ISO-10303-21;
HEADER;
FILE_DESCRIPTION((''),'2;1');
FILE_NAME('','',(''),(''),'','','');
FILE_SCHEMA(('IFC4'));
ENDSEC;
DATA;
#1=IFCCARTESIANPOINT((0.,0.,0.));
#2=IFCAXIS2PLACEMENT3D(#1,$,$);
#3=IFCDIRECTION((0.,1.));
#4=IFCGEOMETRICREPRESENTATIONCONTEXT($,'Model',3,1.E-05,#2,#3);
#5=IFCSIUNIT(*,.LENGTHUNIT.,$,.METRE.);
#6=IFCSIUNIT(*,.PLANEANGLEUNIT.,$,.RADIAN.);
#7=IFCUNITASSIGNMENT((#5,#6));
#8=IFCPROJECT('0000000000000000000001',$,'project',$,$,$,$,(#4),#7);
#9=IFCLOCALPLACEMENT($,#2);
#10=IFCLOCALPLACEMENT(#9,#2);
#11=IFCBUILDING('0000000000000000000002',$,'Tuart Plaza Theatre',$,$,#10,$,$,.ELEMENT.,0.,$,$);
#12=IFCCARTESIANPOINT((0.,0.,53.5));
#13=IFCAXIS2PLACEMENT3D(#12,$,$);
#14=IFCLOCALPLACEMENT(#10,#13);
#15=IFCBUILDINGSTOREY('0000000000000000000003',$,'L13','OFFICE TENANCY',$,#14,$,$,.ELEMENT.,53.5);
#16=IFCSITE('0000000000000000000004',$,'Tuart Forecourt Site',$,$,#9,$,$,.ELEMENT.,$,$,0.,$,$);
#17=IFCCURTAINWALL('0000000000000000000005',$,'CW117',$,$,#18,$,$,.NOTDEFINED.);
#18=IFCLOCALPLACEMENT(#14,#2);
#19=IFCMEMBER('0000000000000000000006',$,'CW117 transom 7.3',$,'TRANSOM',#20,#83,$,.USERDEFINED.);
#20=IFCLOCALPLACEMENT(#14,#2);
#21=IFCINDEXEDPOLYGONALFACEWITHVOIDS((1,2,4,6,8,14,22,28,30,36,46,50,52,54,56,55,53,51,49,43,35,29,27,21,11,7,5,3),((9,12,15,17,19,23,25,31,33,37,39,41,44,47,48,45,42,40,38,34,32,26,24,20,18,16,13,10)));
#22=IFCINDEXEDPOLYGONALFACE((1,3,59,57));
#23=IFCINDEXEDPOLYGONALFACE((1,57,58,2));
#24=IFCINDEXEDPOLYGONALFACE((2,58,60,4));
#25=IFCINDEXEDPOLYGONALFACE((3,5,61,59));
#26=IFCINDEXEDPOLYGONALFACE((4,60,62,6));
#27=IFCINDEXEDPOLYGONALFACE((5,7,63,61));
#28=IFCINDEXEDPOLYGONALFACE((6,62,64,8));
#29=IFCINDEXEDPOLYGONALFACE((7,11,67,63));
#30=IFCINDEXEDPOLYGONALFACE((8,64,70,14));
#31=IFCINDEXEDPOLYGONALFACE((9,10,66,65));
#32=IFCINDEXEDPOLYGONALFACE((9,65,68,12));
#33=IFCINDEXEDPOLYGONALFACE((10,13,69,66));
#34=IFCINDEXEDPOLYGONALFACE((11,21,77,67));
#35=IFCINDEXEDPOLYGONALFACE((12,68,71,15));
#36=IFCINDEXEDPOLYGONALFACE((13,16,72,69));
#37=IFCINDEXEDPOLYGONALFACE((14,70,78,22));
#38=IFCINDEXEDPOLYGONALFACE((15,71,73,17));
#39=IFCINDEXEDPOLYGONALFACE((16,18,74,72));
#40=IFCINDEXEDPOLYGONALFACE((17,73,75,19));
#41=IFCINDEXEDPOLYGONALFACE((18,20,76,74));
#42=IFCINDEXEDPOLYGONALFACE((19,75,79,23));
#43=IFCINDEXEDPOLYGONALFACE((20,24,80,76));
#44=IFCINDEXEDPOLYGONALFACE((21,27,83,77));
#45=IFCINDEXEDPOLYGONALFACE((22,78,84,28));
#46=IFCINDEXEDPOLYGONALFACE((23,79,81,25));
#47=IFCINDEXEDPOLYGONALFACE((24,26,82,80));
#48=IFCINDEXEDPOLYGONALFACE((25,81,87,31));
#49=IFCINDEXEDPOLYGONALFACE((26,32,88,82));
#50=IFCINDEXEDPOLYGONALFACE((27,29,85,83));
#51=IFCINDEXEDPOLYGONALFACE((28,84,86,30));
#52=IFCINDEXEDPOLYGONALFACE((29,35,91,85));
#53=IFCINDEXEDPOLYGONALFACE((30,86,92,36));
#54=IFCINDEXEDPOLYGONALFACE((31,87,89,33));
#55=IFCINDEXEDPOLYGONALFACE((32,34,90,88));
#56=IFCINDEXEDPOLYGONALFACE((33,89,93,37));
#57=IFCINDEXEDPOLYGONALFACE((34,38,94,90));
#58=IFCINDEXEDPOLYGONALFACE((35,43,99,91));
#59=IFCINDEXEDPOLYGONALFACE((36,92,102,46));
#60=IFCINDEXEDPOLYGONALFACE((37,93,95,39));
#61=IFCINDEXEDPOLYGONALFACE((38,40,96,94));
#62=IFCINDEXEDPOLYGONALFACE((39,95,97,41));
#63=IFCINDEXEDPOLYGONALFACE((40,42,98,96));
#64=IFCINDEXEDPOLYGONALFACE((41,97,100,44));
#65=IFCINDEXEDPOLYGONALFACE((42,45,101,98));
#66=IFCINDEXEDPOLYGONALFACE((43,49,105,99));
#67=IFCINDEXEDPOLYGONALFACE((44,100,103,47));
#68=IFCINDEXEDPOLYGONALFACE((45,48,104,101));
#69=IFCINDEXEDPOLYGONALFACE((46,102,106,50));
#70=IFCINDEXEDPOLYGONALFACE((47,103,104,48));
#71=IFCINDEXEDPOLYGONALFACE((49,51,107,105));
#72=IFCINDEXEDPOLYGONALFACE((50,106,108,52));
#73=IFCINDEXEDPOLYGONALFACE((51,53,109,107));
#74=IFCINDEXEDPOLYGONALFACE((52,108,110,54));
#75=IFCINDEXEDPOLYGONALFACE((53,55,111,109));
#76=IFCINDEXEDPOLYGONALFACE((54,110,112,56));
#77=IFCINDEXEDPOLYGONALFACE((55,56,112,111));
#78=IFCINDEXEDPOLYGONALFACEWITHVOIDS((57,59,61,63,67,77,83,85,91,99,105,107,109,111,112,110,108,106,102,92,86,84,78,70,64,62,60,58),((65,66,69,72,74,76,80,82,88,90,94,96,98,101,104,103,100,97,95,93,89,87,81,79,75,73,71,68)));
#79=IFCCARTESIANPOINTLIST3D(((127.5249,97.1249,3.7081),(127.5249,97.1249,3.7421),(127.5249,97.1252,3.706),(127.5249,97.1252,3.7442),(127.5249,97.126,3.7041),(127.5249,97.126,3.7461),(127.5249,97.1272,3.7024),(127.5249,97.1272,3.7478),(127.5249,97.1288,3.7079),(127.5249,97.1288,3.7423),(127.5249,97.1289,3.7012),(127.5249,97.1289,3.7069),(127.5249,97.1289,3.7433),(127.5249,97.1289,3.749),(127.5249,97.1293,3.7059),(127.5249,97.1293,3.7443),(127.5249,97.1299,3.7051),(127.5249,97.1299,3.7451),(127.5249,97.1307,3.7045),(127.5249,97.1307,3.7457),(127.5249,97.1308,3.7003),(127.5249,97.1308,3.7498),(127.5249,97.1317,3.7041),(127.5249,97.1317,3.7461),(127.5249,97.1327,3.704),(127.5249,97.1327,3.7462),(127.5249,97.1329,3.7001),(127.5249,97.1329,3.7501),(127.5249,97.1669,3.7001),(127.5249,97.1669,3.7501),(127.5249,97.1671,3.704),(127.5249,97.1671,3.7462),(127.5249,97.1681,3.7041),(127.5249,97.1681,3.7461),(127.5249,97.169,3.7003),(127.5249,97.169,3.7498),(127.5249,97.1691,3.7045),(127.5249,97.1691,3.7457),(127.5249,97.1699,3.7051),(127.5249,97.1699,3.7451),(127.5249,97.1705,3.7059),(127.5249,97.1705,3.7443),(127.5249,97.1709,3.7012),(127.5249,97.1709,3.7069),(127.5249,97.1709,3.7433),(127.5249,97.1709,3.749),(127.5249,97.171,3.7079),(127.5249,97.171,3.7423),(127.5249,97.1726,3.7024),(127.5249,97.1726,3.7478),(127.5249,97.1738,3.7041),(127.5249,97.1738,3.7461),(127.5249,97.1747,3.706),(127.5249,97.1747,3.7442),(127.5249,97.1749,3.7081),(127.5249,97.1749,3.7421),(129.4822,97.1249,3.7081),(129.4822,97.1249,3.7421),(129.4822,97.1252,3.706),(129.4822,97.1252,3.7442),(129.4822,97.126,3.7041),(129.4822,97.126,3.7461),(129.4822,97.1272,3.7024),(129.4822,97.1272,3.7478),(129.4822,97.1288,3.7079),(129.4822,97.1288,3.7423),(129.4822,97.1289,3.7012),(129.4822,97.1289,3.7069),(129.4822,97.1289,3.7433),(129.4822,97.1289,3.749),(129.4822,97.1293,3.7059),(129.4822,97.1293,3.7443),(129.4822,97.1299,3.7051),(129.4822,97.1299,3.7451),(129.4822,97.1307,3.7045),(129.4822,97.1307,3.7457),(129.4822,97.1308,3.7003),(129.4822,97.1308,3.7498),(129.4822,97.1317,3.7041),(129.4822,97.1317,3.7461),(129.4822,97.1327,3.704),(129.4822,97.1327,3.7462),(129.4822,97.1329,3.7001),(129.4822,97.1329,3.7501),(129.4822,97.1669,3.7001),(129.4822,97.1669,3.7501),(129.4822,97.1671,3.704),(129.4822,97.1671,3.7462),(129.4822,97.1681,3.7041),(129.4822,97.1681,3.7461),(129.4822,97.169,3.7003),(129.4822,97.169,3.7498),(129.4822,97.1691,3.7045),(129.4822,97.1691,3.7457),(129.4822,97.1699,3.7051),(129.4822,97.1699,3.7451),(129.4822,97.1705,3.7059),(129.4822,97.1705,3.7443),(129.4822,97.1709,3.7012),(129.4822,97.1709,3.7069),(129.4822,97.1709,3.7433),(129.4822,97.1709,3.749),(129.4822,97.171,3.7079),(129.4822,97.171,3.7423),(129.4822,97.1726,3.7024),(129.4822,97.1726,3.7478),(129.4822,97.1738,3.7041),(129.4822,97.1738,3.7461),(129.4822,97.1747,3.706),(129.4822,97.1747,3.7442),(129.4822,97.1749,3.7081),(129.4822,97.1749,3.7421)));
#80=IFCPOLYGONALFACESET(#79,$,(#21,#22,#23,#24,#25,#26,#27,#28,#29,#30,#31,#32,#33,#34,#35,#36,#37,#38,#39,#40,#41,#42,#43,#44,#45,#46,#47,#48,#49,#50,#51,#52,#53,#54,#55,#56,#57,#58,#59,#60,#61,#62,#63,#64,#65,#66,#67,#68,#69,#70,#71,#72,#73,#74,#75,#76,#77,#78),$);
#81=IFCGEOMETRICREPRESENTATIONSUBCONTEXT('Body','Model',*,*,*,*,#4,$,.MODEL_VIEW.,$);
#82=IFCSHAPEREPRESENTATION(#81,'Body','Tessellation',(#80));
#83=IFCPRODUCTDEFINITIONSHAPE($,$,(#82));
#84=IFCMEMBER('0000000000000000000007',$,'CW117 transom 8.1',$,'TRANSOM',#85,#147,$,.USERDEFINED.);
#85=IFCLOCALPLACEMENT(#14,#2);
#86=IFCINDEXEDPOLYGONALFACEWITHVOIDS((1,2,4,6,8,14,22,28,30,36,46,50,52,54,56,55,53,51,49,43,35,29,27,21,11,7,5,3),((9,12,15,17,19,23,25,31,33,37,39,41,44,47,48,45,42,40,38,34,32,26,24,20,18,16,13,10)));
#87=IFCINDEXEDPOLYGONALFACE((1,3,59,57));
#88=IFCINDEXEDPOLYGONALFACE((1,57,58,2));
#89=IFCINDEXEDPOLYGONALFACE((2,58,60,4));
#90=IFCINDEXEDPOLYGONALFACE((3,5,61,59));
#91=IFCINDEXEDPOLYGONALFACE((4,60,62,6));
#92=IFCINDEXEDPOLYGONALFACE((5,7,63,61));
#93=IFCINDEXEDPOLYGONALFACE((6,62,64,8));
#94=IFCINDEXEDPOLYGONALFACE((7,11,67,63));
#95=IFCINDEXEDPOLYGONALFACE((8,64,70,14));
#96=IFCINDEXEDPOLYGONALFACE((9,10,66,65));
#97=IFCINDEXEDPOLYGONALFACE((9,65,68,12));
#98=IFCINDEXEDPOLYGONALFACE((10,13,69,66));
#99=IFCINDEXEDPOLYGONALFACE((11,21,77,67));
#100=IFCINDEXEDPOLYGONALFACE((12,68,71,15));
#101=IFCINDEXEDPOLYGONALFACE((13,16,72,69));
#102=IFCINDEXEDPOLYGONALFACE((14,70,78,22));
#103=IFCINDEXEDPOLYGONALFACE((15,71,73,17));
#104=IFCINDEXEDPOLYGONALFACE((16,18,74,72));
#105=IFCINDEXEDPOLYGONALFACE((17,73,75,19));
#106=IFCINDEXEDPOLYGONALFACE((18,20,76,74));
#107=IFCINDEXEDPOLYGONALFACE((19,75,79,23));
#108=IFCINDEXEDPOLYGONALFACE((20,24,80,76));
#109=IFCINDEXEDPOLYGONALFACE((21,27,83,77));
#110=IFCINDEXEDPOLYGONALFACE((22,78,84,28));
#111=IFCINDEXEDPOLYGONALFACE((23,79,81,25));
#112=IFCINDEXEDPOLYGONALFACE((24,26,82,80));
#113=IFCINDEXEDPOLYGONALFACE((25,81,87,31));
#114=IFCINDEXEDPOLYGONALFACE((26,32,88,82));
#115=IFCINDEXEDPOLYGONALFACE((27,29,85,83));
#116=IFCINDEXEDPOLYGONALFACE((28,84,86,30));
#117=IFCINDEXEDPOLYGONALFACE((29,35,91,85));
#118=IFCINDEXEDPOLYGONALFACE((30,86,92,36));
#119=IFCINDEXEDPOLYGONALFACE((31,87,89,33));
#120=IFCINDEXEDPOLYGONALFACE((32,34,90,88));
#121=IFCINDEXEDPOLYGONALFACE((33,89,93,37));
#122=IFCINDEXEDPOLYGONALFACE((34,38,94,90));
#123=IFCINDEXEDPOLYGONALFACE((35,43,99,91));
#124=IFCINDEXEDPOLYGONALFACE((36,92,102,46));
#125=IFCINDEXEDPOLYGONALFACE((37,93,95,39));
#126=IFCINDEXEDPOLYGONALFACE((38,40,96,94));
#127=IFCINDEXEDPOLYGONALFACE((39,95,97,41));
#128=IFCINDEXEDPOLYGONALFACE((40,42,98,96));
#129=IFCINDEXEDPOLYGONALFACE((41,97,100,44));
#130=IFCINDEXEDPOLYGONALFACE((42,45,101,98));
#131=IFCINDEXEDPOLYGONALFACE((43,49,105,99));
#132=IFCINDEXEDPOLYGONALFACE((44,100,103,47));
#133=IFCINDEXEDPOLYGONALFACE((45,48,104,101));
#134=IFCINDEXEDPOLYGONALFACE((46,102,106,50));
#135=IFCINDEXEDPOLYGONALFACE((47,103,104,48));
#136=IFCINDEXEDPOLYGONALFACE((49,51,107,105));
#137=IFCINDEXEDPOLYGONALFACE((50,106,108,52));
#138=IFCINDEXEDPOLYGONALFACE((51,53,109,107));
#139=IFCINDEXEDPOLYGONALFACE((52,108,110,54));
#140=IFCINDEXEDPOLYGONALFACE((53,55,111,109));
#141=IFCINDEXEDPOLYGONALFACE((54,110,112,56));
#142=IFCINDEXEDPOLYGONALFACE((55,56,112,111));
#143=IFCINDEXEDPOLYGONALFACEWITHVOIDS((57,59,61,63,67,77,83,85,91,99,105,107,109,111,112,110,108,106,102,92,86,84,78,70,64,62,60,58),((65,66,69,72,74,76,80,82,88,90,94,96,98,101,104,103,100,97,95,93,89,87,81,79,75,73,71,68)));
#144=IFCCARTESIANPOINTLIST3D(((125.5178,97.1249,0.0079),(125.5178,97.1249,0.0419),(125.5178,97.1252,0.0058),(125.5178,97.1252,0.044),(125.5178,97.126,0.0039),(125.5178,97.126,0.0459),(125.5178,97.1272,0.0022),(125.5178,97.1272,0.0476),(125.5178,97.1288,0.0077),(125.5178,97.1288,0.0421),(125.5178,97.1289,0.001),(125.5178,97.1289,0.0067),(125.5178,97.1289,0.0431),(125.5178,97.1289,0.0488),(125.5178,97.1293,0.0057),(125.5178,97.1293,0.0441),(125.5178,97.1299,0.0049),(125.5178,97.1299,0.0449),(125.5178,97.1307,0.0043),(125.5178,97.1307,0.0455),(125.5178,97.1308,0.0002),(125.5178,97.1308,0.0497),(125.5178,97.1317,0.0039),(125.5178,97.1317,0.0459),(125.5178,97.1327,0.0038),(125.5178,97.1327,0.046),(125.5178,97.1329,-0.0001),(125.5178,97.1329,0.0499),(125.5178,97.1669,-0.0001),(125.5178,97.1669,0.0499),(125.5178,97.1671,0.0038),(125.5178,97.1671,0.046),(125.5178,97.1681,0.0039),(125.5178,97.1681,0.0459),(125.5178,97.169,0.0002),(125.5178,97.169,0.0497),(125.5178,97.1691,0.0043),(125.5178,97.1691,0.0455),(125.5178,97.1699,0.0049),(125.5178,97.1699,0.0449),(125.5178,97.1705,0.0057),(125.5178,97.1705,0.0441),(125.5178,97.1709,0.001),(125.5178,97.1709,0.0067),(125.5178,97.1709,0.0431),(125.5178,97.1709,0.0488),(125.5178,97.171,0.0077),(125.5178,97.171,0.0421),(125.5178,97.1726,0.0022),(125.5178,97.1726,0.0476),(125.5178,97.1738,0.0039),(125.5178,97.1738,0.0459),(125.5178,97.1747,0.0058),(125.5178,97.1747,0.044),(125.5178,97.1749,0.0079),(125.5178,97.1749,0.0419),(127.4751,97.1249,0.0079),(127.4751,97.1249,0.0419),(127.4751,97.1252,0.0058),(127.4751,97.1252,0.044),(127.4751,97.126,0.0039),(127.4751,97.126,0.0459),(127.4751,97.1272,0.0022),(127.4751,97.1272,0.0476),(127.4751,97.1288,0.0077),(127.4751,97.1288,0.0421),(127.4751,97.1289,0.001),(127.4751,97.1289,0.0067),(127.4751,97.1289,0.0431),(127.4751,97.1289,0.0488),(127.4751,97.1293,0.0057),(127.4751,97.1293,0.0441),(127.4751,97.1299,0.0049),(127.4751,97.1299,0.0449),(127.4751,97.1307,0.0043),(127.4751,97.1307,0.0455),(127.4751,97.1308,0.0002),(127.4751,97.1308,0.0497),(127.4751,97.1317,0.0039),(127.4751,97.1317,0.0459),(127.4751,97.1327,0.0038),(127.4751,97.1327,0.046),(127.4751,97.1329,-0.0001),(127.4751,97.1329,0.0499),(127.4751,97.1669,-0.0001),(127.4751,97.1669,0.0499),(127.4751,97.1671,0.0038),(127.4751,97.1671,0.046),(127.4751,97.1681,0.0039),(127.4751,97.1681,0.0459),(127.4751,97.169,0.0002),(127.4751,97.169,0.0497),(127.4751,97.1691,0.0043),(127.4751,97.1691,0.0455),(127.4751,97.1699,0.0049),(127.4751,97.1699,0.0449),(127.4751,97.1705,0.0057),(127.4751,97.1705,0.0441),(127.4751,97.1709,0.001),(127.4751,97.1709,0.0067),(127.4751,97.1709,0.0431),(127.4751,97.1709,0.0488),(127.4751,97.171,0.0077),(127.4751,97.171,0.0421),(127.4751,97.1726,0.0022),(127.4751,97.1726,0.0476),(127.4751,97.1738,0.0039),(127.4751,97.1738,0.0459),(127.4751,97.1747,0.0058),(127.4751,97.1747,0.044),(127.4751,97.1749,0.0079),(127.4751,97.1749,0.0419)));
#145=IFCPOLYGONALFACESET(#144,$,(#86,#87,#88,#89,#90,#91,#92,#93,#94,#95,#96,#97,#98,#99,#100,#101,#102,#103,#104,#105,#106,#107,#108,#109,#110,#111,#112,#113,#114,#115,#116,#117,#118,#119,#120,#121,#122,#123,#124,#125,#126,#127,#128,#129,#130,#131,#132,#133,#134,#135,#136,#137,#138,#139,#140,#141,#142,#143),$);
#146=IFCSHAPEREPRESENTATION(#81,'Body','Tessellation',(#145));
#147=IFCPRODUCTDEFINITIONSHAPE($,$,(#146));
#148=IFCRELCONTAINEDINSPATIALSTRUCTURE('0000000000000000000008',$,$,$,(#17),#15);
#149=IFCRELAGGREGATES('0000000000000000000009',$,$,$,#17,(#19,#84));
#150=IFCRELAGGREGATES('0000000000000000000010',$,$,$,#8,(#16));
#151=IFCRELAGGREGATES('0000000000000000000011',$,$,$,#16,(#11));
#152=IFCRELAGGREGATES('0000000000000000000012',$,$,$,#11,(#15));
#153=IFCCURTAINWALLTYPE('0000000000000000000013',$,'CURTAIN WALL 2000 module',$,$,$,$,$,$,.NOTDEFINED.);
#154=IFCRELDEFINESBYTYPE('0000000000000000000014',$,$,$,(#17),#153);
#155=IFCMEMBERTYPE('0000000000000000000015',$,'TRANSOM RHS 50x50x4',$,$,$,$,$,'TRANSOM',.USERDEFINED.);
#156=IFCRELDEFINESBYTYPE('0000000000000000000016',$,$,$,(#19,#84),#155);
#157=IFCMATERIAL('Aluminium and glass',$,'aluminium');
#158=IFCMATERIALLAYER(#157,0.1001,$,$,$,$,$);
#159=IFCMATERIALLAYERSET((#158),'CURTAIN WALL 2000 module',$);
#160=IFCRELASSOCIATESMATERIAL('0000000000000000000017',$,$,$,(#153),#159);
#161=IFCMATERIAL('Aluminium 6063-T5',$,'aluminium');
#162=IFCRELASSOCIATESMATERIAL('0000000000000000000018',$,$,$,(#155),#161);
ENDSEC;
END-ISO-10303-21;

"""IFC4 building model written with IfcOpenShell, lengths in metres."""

from ifc_helpers import new_model, si_unit, direction, frame, origin, origin_2d, place, context, subcontext, project, spatial, hollow_rectangle, extrude, material, layer, layer_set, material_profile, profile_set, type_object, element, aggregate, save


model = new_model("IFC4")

# Units and contexts
model_context = context("Model", 3, precision=1e-05, world=origin(), true_north=direction((0.0, 1.0)))
body_context = subcontext(model_context, "Body", "Model", "MODEL_VIEW")
ifc_project = project(units=[si_unit("LENGTHUNIT", "METRE"), si_unit("PLANEANGLEUNIT", "RADIAN")], contexts=[model_context])

# Site, building, storey
site_placement = place(None, origin())
site = spatial("IfcSite", under=ifc_project, at=site_placement, Name="Tuart Forecourt Site", CompositionType="ELEMENT", RefElevation=0.0)
building_placement = place(site_placement, origin())
building = spatial("IfcBuilding", under=site, at=building_placement, Name="Tuart Plaza Theatre", CompositionType="ELEMENT", ElevationOfRefHeight=0.0)
storey_placement = place(building_placement, frame((0.0, 0.0, 53.5)))
storey = spatial("IfcBuildingStorey", under=building, at=storey_placement, Name="L13", Description="OFFICE TENANCY", CompositionType="ELEMENT", Elevation=53.5)

# Curtain wall, members
ifc_material_1 = material(Name="Aluminium and glass", Category="aluminium")
ifc_layer_1 = layer(ifc_material_1, 0.1001)
ifc_layer_set_1 = layer_set([ifc_layer_1], Name="CURTAIN WALL 2000 module")
curtain_wall_type = type_object("IfcCurtainWallType", Name="CURTAIN WALL 2000 module", PredefinedType="NOTDEFINED", material=ifc_layer_set_1)
curtain_wall_placement = place(storey_placement, origin())
curtain_wall = element("IfcCurtainWall", 1, at=curtain_wall_placement, inside=storey, type_object=curtain_wall_type, Name="CW117", PredefinedType="NOTDEFINED")
ifc_material_2 = material(Name="Aluminium 6063-T5", Category="aluminium")
ifc_material_profile_1 = material_profile(ifc_material_2, hollow_rectangle(XDim=0.05, YDim=0.05, WallThickness=0.0039, InnerFilletRadius=0.0039, OuterFilletRadius=0.0081, at=origin_2d()), Name="RHS 50x50x4")
ifc_profile_set_1 = profile_set([ifc_material_profile_1], Name="Aluminium 6063-T5")
member_type_1 = type_object("IfcMemberType", Name="TRANSOM RHS 50x50x4", ElementType="TRANSOM", PredefinedType="USERDEFINED", material=ifc_profile_set_1)
member_1_placement = place(storey_placement, frame((129.4822, 97.1499, 3.7251), z_axis=(-1.0, 0.0, 0.0), x_axis=(0.0, -1.0, 0.0)))
member_1 = element("IfcMember", 2, at=member_1_placement, type_object=member_type_1, Name="CW117 transom 7.3", ObjectType="TRANSOM", PredefinedType="USERDEFINED", context=body_context, shape_type="SweptSolid", body=[
    extrude(hollow_rectangle(XDim=0.05, YDim=0.05, WallThickness=0.0039, InnerFilletRadius=0.0039, OuterFilletRadius=0.0081, at=origin_2d()), origin(), (0.0, 0.0, 1.0), 1.9573),
])
member_2_placement = place(storey_placement, frame((127.4751, 97.1499, 0.0249), z_axis=(-1.0, 0.0, 0.0), x_axis=(0.0, -1.0, 0.0)))
member_2 = element("IfcMember", 3, at=member_2_placement, type_object=member_type_1, Name="CW117 transom 8.1", ObjectType="TRANSOM", PredefinedType="USERDEFINED", context=body_context, shape_type="SweptSolid", body=[
    extrude(hollow_rectangle(XDim=0.05, YDim=0.05, WallThickness=0.0039, InnerFilletRadius=0.0039, OuterFilletRadius=0.0081, at=origin_2d()), origin(), (0.0, 0.0, 1.0), 1.9573),
])
aggregate(curtain_wall, [member_1, member_2])

save(model, "model.ifc")
